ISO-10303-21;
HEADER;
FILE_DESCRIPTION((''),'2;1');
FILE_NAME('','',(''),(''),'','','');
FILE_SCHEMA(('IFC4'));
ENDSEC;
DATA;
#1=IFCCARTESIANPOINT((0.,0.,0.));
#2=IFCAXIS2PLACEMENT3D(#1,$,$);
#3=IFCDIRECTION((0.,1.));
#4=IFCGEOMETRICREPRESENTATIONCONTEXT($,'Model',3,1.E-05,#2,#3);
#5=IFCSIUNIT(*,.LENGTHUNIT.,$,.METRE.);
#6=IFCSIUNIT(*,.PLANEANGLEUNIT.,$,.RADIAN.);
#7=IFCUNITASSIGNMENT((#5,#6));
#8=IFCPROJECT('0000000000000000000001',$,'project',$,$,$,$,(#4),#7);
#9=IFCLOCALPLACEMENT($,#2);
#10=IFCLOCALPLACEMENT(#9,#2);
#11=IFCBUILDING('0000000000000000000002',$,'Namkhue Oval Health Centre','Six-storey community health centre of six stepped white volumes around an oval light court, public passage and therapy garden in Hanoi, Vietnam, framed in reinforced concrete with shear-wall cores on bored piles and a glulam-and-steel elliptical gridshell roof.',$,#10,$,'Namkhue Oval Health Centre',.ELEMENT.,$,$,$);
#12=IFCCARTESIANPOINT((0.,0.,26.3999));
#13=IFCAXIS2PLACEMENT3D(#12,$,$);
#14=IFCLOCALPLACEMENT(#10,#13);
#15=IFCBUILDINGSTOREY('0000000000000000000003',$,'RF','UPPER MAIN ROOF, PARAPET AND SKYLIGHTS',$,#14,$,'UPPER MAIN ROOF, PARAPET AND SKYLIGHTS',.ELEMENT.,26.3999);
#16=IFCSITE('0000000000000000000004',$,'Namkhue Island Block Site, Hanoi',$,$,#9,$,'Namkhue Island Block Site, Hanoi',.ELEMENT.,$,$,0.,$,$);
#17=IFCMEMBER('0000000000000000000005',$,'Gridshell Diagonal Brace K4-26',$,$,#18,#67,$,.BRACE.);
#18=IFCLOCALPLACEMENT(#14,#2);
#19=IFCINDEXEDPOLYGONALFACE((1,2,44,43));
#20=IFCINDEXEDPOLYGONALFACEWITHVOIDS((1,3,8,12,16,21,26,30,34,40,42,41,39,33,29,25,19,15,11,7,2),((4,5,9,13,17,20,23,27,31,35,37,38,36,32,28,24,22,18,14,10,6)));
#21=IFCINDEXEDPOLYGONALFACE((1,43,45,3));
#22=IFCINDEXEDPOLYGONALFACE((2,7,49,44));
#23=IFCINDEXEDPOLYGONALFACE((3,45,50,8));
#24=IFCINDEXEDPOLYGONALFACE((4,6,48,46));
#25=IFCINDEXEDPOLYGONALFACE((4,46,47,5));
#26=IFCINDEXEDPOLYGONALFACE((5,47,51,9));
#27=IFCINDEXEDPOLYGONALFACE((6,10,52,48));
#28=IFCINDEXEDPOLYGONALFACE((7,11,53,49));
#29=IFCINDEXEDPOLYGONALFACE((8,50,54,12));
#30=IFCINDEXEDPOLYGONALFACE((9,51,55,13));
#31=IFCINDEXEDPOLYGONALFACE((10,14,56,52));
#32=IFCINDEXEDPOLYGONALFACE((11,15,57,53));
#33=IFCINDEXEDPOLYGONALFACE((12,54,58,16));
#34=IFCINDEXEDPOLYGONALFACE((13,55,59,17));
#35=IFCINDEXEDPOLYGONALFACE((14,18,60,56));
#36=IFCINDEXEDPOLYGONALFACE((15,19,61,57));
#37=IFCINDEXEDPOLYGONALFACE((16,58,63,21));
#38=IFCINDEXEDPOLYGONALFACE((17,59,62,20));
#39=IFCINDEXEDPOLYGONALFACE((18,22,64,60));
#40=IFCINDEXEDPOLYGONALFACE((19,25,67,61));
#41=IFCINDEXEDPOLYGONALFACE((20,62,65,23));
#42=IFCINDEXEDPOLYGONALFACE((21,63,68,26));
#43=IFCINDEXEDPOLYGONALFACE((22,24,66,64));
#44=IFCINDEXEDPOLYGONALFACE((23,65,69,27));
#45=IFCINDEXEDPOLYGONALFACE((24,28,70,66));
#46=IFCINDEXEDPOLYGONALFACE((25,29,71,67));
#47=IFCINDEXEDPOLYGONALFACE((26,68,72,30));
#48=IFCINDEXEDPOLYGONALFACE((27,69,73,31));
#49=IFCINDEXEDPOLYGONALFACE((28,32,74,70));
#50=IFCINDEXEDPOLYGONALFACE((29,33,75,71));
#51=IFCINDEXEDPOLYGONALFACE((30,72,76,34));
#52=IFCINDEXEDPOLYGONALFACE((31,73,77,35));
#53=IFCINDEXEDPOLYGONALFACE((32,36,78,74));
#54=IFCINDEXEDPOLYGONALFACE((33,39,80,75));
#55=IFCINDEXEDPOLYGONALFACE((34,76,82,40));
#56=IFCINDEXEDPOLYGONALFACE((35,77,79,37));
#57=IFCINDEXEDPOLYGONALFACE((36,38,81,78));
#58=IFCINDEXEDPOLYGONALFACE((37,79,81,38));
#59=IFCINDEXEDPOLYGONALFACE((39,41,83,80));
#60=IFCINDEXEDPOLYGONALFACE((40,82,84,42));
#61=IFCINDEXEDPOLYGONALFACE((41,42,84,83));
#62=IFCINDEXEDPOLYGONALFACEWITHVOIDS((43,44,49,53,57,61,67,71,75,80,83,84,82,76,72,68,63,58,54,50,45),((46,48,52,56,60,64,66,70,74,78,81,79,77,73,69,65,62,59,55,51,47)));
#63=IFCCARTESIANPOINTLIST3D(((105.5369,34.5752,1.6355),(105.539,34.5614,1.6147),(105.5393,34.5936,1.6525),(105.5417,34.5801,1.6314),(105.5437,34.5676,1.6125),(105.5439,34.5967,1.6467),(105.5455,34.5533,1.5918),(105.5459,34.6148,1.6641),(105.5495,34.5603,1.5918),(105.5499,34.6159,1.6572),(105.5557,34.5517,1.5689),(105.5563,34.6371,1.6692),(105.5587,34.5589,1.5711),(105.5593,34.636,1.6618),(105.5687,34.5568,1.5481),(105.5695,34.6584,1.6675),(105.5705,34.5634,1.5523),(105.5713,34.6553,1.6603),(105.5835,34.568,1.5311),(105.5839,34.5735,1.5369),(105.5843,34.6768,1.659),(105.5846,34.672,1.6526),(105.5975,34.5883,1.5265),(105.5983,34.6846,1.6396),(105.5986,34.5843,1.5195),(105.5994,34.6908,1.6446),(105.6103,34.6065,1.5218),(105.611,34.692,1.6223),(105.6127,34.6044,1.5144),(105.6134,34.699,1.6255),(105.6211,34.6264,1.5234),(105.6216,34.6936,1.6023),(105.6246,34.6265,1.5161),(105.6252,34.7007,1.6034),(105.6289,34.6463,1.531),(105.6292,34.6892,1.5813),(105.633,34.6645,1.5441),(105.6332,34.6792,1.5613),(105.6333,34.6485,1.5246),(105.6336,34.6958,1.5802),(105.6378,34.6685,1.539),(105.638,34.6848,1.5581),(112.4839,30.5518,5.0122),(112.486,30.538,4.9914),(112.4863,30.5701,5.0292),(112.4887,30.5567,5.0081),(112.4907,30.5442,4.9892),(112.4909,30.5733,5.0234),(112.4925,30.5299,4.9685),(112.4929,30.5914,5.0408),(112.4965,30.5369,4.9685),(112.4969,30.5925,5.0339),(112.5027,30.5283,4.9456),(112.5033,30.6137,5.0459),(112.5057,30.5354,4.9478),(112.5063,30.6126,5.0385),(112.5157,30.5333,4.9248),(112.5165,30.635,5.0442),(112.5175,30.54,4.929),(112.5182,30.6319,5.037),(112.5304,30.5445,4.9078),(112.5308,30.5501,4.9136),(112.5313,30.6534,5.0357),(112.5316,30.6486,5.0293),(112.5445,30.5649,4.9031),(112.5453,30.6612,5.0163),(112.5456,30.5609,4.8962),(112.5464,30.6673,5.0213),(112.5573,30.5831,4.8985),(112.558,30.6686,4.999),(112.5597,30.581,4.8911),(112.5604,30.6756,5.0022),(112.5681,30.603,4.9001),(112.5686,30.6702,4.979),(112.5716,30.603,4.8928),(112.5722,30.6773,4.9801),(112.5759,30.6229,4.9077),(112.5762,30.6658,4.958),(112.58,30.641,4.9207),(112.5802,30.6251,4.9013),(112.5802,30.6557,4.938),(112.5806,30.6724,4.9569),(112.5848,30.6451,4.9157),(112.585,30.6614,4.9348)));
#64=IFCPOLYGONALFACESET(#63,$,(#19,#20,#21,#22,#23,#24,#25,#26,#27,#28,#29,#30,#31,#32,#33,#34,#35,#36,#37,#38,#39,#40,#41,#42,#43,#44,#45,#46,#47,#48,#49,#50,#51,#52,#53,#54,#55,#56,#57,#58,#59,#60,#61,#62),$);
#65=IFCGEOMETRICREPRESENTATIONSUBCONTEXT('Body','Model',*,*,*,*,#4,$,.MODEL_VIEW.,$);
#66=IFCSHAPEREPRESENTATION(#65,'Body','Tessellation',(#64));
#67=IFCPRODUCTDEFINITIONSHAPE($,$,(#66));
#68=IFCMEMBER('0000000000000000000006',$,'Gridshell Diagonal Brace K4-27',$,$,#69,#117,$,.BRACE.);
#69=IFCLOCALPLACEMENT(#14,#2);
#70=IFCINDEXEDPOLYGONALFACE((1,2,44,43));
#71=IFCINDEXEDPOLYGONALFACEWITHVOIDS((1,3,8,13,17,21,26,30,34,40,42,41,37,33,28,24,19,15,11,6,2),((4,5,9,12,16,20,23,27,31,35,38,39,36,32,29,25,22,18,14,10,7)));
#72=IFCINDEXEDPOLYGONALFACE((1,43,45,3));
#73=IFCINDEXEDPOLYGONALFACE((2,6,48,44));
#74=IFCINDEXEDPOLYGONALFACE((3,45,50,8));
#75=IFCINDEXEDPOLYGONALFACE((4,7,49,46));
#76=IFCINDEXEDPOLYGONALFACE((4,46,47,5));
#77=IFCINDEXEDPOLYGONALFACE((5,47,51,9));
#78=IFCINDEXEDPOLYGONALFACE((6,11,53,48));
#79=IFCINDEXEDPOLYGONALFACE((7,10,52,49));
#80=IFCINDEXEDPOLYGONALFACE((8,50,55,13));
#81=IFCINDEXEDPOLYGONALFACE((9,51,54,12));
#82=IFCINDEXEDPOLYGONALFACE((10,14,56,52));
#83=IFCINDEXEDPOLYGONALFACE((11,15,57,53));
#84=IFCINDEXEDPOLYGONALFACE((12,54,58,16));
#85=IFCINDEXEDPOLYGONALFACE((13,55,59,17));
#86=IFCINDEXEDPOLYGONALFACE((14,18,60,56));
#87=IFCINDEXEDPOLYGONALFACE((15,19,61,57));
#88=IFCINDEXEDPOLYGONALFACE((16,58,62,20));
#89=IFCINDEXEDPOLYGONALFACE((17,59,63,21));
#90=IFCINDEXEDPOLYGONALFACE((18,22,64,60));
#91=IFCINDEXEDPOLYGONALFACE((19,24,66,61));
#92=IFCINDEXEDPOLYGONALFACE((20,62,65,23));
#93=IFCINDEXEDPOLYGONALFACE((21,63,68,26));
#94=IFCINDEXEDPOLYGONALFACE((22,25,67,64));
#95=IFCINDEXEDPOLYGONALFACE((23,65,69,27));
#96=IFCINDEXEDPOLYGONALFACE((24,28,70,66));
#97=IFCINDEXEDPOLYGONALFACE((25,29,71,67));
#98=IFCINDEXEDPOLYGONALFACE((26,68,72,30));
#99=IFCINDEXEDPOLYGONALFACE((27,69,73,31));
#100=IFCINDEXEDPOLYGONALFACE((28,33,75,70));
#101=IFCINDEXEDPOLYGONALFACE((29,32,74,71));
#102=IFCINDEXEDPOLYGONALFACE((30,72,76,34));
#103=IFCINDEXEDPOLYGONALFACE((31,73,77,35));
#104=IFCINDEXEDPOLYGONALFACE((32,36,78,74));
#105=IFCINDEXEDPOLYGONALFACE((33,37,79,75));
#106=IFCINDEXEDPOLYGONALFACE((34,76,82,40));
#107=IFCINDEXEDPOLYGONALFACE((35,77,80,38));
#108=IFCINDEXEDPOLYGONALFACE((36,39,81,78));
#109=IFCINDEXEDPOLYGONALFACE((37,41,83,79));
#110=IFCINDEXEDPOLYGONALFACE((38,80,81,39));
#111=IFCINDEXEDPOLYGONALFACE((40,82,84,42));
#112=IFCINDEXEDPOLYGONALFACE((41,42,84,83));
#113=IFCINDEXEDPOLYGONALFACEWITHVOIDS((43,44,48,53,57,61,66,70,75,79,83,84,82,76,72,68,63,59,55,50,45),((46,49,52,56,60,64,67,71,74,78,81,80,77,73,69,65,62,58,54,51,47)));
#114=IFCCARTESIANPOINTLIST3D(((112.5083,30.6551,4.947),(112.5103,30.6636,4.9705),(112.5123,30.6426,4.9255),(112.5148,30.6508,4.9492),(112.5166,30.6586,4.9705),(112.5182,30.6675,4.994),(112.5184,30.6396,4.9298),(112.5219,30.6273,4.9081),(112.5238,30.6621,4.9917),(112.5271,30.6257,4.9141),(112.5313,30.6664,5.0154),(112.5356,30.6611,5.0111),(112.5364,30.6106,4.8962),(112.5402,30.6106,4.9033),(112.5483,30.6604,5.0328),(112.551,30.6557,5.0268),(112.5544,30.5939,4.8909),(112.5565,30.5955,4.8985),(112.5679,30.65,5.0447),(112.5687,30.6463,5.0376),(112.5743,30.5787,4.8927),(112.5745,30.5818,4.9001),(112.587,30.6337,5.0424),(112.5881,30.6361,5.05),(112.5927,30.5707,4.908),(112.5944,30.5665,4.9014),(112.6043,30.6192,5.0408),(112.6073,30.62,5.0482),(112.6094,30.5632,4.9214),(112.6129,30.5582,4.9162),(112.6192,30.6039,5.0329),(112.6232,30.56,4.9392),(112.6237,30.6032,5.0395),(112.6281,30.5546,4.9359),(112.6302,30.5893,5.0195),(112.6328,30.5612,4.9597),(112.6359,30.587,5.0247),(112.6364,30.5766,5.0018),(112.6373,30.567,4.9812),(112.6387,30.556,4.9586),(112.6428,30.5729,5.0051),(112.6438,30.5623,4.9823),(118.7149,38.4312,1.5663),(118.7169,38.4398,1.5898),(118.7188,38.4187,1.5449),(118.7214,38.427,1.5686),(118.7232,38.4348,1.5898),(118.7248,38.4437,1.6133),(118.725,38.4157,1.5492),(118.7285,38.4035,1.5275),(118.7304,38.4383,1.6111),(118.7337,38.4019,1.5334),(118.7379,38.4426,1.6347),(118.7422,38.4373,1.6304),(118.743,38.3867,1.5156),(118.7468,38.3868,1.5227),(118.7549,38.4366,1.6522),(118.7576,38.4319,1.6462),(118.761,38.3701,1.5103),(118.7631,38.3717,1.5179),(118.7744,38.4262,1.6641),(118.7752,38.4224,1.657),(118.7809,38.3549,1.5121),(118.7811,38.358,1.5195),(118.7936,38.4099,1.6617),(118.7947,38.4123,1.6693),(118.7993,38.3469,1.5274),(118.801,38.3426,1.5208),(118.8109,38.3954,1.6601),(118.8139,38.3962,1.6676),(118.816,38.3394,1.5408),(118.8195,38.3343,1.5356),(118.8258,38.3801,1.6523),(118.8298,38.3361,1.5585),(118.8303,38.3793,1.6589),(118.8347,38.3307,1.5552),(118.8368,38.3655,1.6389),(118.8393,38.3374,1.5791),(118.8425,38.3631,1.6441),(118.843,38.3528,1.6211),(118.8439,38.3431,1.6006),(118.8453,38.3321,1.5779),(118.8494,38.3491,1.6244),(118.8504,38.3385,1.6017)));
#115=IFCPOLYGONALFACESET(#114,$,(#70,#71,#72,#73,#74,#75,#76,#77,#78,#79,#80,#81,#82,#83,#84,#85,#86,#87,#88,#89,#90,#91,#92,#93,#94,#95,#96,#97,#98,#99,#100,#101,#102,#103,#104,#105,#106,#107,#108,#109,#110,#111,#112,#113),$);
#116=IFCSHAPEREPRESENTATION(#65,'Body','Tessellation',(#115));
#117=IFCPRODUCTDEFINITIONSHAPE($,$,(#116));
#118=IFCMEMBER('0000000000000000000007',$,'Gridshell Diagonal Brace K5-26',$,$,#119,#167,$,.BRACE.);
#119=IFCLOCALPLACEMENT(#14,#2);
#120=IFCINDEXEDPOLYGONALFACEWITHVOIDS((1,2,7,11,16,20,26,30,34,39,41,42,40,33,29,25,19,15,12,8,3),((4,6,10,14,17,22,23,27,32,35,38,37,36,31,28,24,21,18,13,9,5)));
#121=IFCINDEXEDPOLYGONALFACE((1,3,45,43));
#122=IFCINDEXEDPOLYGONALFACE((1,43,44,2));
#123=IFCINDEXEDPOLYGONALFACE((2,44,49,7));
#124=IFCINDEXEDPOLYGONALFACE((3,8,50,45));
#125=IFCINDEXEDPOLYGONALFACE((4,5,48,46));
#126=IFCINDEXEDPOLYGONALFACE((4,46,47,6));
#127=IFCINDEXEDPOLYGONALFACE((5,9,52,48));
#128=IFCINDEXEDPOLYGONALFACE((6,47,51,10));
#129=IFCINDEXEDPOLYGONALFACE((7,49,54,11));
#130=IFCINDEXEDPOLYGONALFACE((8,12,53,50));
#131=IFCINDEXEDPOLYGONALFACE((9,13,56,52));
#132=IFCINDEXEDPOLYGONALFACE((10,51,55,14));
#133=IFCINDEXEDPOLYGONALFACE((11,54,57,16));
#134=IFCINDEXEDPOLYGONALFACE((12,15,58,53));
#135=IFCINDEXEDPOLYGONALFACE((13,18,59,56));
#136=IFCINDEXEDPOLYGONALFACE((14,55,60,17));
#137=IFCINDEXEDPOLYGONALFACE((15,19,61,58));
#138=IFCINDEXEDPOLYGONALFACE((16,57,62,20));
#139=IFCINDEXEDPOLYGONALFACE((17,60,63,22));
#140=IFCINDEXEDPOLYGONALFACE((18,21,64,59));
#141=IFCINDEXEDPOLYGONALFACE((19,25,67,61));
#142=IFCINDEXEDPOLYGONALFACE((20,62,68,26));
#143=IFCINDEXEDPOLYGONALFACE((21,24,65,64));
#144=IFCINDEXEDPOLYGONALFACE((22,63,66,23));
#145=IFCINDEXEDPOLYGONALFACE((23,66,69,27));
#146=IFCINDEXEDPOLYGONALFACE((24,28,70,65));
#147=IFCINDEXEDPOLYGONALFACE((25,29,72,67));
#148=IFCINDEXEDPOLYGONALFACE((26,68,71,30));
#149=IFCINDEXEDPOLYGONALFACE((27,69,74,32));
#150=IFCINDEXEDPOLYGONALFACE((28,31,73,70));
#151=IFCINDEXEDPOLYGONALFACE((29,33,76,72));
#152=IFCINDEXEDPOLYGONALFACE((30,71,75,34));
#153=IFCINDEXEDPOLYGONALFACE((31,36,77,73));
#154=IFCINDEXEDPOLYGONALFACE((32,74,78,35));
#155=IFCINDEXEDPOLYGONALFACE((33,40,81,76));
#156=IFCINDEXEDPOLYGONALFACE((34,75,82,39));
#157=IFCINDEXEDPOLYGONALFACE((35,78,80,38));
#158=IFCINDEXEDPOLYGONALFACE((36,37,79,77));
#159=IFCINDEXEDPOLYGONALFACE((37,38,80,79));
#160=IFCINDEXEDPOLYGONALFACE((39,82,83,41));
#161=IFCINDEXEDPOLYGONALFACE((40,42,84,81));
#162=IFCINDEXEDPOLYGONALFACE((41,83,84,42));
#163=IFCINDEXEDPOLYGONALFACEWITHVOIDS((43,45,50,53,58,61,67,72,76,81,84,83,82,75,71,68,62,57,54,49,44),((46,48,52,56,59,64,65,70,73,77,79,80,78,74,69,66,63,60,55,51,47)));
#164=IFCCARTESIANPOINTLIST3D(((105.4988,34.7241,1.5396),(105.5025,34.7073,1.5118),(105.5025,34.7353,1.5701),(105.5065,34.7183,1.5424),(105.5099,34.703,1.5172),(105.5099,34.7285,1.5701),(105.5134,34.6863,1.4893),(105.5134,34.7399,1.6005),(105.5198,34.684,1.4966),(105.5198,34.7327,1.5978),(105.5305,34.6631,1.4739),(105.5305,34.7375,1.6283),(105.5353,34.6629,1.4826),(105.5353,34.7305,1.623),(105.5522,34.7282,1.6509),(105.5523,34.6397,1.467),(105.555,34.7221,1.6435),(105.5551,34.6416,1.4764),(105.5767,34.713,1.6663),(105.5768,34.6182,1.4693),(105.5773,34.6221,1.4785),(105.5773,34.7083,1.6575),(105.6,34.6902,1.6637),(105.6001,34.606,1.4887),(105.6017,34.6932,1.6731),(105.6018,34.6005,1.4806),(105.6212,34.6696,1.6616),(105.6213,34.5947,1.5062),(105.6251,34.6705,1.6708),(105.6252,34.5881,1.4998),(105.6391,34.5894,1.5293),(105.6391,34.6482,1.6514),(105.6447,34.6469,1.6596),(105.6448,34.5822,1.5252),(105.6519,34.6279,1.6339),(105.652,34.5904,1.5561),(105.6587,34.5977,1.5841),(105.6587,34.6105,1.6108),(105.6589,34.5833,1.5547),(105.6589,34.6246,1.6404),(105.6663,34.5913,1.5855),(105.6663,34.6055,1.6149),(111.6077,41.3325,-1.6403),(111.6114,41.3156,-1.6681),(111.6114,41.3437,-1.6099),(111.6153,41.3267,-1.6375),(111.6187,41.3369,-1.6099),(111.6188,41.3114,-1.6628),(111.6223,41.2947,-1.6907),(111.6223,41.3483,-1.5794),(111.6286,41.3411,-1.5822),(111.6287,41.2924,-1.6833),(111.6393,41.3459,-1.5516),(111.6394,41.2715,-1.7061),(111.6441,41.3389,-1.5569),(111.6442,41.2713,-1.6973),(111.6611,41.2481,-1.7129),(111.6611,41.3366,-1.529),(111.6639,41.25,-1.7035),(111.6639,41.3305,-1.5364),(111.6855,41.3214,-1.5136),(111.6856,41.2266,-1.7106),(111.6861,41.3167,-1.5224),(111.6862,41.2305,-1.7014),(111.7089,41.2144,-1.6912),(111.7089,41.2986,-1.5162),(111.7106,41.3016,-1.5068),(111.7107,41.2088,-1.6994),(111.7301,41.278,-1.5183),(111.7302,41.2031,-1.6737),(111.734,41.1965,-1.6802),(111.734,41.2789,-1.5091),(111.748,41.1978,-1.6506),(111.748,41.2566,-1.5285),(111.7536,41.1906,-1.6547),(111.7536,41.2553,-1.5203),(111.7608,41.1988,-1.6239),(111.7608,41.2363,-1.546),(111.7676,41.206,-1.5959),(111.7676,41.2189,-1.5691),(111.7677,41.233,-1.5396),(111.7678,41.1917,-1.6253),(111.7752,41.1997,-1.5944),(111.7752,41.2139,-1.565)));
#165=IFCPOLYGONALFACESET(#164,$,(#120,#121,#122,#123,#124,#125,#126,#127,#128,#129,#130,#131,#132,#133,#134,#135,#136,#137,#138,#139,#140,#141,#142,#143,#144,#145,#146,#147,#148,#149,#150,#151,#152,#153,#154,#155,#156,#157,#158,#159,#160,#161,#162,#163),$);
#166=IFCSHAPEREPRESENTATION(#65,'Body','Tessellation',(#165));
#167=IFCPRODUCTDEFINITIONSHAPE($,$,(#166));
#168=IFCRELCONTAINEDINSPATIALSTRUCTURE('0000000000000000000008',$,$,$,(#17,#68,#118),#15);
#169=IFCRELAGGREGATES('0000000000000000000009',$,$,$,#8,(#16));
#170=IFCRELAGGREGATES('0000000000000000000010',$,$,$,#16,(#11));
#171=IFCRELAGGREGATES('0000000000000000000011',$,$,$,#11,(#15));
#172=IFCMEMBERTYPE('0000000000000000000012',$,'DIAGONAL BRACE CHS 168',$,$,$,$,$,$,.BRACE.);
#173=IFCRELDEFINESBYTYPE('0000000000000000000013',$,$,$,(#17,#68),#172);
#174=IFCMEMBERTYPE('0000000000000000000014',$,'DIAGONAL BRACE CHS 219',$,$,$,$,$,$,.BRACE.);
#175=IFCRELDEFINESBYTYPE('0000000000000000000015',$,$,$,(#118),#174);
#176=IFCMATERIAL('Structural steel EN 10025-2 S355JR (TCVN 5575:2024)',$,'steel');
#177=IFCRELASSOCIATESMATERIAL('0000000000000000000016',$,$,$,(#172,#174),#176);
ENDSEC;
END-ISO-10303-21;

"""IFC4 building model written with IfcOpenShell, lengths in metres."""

from ifc_helpers import new_model, si_unit, direction, frame, origin, origin_2d, place, context, subcontext, project, spatial, hollow_circle, extrude, material, material_profile, profile_set, type_object, element, save


model = new_model("IFC4")

# Units and contexts
model_context = context("Model", 3, precision=1e-05, world=origin(), true_north=direction((0.0, 1.0)))
body_context = subcontext(model_context, "Body", "Model", "MODEL_VIEW")
ifc_project = project(units=[si_unit("LENGTHUNIT", "METRE"), si_unit("PLANEANGLEUNIT", "RADIAN")], contexts=[model_context])

# Site, building, storey
site_placement = place(None, origin())
site = spatial("IfcSite", under=ifc_project, at=site_placement, Name="Namkhue Island Block Site, Hanoi", LongName="Namkhue Island Block Site, Hanoi", CompositionType="ELEMENT", RefElevation=0.0)
building_placement = place(site_placement, origin())
building = spatial("IfcBuilding", under=site, at=building_placement, Name="Namkhue Oval Health Centre", Description="Six-storey community health centre of six stepped white volumes around an oval light court, public passage and therapy garden in Hanoi, Vietnam, framed in reinforced concrete with shear-wall cores on bored piles and a glulam-and-steel elliptical gridshell roof.", LongName="Namkhue Oval Health Centre", CompositionType="ELEMENT")
storey_placement = place(building_placement, frame((0.0, 0.0, 26.3999)))
storey = spatial("IfcBuildingStorey", under=building, at=storey_placement, Name="RF", Description="UPPER MAIN ROOF, PARAPET AND SKYLIGHTS", LongName="UPPER MAIN ROOF, PARAPET AND SKYLIGHTS", CompositionType="ELEMENT", Elevation=26.3999)

# Members
ifc_material_1 = material(Name="Structural steel EN 10025-2 S355JR (TCVN 5575:2024)", Category="steel")
ifc_material_profile_1 = material_profile(ifc_material_1, hollow_circle(Radius=0.0842, WallThickness=0.0081, at=origin_2d()), Name="CHS 168.3x8")
ifc_profile_set_1 = profile_set([ifc_material_profile_1], Name="Structural steel EN 10025-2 S355JR (TCVN 5575:2024)")
member_type_1 = type_object("IfcMemberType", Name="DIAGONAL BRACE CHS 168", PredefinedType="BRACE", material=ifc_profile_set_1)
member_1_placement = place(storey_placement, frame((112.5347, 30.6028, 4.9685), z_axis=(-0.797659, 0.461972, -0.387715), x_axis=(-0.501174, -0.865346, 0.0)))
element("IfcMember", 1, at=member_1_placement, inside=storey, type_object=member_type_1, Name="Gridshell Diagonal Brace K4-26", PredefinedType="BRACE", context=body_context, shape_type="SweptSolid", body=[
    extrude(hollow_circle(Radius=0.0842, WallThickness=0.0081, at=origin_2d()), origin(), (0.0, 0.0, 1.0), 8.7092),
])
member_2_placement = place(storey_placement, frame((112.5762, 30.6111, 4.9705), z_axis=(0.59065, 0.74002, -0.321719), x_axis=(-0.781572, 0.623815, 0.0)))
element("IfcMember", 2, at=member_2_placement, inside=storey, type_object=member_type_1, Name="Gridshell Diagonal Brace K4-27", PredefinedType="BRACE", context=body_context, shape_type="SweptSolid", body=[
    extrude(hollow_circle(Radius=0.0842, WallThickness=0.0081, at=origin_2d()), origin(), (0.0, 0.0, 1.0), 10.5081),
])
ifc_material_profile_2 = material_profile(ifc_material_1, hollow_circle(Radius=0.1096, WallThickness=0.01, at=origin_2d()), Name="CHS 219.1x10")
ifc_profile_set_2 = profile_set([ifc_material_profile_2], Name="Structural steel EN 10025-2 S355JR (TCVN 5575:2024)")
member_type_2 = type_object("IfcMemberType", Name="DIAGONAL BRACE CHS 219", PredefinedType="BRACE", material=ifc_profile_set_2)
member_3_placement = place(storey_placement, frame((105.583, 34.6609, 1.5701), z_axis=(0.640029, 0.692363, -0.333162), x_axis=(-0.734314, 0.678809, 0.0)))
element("IfcMember", 3, at=member_3_placement, inside=storey, type_object=member_type_2, Name="Gridshell Diagonal Brace K5-26", PredefinedType="BRACE", context=body_context, shape_type="SweptSolid", body=[
    extrude(hollow_circle(Radius=0.1096, WallThickness=0.01, at=origin_2d()), origin(), (0.0, 0.0, 1.0), 9.5447),
])

save(model, "model.ifc")
